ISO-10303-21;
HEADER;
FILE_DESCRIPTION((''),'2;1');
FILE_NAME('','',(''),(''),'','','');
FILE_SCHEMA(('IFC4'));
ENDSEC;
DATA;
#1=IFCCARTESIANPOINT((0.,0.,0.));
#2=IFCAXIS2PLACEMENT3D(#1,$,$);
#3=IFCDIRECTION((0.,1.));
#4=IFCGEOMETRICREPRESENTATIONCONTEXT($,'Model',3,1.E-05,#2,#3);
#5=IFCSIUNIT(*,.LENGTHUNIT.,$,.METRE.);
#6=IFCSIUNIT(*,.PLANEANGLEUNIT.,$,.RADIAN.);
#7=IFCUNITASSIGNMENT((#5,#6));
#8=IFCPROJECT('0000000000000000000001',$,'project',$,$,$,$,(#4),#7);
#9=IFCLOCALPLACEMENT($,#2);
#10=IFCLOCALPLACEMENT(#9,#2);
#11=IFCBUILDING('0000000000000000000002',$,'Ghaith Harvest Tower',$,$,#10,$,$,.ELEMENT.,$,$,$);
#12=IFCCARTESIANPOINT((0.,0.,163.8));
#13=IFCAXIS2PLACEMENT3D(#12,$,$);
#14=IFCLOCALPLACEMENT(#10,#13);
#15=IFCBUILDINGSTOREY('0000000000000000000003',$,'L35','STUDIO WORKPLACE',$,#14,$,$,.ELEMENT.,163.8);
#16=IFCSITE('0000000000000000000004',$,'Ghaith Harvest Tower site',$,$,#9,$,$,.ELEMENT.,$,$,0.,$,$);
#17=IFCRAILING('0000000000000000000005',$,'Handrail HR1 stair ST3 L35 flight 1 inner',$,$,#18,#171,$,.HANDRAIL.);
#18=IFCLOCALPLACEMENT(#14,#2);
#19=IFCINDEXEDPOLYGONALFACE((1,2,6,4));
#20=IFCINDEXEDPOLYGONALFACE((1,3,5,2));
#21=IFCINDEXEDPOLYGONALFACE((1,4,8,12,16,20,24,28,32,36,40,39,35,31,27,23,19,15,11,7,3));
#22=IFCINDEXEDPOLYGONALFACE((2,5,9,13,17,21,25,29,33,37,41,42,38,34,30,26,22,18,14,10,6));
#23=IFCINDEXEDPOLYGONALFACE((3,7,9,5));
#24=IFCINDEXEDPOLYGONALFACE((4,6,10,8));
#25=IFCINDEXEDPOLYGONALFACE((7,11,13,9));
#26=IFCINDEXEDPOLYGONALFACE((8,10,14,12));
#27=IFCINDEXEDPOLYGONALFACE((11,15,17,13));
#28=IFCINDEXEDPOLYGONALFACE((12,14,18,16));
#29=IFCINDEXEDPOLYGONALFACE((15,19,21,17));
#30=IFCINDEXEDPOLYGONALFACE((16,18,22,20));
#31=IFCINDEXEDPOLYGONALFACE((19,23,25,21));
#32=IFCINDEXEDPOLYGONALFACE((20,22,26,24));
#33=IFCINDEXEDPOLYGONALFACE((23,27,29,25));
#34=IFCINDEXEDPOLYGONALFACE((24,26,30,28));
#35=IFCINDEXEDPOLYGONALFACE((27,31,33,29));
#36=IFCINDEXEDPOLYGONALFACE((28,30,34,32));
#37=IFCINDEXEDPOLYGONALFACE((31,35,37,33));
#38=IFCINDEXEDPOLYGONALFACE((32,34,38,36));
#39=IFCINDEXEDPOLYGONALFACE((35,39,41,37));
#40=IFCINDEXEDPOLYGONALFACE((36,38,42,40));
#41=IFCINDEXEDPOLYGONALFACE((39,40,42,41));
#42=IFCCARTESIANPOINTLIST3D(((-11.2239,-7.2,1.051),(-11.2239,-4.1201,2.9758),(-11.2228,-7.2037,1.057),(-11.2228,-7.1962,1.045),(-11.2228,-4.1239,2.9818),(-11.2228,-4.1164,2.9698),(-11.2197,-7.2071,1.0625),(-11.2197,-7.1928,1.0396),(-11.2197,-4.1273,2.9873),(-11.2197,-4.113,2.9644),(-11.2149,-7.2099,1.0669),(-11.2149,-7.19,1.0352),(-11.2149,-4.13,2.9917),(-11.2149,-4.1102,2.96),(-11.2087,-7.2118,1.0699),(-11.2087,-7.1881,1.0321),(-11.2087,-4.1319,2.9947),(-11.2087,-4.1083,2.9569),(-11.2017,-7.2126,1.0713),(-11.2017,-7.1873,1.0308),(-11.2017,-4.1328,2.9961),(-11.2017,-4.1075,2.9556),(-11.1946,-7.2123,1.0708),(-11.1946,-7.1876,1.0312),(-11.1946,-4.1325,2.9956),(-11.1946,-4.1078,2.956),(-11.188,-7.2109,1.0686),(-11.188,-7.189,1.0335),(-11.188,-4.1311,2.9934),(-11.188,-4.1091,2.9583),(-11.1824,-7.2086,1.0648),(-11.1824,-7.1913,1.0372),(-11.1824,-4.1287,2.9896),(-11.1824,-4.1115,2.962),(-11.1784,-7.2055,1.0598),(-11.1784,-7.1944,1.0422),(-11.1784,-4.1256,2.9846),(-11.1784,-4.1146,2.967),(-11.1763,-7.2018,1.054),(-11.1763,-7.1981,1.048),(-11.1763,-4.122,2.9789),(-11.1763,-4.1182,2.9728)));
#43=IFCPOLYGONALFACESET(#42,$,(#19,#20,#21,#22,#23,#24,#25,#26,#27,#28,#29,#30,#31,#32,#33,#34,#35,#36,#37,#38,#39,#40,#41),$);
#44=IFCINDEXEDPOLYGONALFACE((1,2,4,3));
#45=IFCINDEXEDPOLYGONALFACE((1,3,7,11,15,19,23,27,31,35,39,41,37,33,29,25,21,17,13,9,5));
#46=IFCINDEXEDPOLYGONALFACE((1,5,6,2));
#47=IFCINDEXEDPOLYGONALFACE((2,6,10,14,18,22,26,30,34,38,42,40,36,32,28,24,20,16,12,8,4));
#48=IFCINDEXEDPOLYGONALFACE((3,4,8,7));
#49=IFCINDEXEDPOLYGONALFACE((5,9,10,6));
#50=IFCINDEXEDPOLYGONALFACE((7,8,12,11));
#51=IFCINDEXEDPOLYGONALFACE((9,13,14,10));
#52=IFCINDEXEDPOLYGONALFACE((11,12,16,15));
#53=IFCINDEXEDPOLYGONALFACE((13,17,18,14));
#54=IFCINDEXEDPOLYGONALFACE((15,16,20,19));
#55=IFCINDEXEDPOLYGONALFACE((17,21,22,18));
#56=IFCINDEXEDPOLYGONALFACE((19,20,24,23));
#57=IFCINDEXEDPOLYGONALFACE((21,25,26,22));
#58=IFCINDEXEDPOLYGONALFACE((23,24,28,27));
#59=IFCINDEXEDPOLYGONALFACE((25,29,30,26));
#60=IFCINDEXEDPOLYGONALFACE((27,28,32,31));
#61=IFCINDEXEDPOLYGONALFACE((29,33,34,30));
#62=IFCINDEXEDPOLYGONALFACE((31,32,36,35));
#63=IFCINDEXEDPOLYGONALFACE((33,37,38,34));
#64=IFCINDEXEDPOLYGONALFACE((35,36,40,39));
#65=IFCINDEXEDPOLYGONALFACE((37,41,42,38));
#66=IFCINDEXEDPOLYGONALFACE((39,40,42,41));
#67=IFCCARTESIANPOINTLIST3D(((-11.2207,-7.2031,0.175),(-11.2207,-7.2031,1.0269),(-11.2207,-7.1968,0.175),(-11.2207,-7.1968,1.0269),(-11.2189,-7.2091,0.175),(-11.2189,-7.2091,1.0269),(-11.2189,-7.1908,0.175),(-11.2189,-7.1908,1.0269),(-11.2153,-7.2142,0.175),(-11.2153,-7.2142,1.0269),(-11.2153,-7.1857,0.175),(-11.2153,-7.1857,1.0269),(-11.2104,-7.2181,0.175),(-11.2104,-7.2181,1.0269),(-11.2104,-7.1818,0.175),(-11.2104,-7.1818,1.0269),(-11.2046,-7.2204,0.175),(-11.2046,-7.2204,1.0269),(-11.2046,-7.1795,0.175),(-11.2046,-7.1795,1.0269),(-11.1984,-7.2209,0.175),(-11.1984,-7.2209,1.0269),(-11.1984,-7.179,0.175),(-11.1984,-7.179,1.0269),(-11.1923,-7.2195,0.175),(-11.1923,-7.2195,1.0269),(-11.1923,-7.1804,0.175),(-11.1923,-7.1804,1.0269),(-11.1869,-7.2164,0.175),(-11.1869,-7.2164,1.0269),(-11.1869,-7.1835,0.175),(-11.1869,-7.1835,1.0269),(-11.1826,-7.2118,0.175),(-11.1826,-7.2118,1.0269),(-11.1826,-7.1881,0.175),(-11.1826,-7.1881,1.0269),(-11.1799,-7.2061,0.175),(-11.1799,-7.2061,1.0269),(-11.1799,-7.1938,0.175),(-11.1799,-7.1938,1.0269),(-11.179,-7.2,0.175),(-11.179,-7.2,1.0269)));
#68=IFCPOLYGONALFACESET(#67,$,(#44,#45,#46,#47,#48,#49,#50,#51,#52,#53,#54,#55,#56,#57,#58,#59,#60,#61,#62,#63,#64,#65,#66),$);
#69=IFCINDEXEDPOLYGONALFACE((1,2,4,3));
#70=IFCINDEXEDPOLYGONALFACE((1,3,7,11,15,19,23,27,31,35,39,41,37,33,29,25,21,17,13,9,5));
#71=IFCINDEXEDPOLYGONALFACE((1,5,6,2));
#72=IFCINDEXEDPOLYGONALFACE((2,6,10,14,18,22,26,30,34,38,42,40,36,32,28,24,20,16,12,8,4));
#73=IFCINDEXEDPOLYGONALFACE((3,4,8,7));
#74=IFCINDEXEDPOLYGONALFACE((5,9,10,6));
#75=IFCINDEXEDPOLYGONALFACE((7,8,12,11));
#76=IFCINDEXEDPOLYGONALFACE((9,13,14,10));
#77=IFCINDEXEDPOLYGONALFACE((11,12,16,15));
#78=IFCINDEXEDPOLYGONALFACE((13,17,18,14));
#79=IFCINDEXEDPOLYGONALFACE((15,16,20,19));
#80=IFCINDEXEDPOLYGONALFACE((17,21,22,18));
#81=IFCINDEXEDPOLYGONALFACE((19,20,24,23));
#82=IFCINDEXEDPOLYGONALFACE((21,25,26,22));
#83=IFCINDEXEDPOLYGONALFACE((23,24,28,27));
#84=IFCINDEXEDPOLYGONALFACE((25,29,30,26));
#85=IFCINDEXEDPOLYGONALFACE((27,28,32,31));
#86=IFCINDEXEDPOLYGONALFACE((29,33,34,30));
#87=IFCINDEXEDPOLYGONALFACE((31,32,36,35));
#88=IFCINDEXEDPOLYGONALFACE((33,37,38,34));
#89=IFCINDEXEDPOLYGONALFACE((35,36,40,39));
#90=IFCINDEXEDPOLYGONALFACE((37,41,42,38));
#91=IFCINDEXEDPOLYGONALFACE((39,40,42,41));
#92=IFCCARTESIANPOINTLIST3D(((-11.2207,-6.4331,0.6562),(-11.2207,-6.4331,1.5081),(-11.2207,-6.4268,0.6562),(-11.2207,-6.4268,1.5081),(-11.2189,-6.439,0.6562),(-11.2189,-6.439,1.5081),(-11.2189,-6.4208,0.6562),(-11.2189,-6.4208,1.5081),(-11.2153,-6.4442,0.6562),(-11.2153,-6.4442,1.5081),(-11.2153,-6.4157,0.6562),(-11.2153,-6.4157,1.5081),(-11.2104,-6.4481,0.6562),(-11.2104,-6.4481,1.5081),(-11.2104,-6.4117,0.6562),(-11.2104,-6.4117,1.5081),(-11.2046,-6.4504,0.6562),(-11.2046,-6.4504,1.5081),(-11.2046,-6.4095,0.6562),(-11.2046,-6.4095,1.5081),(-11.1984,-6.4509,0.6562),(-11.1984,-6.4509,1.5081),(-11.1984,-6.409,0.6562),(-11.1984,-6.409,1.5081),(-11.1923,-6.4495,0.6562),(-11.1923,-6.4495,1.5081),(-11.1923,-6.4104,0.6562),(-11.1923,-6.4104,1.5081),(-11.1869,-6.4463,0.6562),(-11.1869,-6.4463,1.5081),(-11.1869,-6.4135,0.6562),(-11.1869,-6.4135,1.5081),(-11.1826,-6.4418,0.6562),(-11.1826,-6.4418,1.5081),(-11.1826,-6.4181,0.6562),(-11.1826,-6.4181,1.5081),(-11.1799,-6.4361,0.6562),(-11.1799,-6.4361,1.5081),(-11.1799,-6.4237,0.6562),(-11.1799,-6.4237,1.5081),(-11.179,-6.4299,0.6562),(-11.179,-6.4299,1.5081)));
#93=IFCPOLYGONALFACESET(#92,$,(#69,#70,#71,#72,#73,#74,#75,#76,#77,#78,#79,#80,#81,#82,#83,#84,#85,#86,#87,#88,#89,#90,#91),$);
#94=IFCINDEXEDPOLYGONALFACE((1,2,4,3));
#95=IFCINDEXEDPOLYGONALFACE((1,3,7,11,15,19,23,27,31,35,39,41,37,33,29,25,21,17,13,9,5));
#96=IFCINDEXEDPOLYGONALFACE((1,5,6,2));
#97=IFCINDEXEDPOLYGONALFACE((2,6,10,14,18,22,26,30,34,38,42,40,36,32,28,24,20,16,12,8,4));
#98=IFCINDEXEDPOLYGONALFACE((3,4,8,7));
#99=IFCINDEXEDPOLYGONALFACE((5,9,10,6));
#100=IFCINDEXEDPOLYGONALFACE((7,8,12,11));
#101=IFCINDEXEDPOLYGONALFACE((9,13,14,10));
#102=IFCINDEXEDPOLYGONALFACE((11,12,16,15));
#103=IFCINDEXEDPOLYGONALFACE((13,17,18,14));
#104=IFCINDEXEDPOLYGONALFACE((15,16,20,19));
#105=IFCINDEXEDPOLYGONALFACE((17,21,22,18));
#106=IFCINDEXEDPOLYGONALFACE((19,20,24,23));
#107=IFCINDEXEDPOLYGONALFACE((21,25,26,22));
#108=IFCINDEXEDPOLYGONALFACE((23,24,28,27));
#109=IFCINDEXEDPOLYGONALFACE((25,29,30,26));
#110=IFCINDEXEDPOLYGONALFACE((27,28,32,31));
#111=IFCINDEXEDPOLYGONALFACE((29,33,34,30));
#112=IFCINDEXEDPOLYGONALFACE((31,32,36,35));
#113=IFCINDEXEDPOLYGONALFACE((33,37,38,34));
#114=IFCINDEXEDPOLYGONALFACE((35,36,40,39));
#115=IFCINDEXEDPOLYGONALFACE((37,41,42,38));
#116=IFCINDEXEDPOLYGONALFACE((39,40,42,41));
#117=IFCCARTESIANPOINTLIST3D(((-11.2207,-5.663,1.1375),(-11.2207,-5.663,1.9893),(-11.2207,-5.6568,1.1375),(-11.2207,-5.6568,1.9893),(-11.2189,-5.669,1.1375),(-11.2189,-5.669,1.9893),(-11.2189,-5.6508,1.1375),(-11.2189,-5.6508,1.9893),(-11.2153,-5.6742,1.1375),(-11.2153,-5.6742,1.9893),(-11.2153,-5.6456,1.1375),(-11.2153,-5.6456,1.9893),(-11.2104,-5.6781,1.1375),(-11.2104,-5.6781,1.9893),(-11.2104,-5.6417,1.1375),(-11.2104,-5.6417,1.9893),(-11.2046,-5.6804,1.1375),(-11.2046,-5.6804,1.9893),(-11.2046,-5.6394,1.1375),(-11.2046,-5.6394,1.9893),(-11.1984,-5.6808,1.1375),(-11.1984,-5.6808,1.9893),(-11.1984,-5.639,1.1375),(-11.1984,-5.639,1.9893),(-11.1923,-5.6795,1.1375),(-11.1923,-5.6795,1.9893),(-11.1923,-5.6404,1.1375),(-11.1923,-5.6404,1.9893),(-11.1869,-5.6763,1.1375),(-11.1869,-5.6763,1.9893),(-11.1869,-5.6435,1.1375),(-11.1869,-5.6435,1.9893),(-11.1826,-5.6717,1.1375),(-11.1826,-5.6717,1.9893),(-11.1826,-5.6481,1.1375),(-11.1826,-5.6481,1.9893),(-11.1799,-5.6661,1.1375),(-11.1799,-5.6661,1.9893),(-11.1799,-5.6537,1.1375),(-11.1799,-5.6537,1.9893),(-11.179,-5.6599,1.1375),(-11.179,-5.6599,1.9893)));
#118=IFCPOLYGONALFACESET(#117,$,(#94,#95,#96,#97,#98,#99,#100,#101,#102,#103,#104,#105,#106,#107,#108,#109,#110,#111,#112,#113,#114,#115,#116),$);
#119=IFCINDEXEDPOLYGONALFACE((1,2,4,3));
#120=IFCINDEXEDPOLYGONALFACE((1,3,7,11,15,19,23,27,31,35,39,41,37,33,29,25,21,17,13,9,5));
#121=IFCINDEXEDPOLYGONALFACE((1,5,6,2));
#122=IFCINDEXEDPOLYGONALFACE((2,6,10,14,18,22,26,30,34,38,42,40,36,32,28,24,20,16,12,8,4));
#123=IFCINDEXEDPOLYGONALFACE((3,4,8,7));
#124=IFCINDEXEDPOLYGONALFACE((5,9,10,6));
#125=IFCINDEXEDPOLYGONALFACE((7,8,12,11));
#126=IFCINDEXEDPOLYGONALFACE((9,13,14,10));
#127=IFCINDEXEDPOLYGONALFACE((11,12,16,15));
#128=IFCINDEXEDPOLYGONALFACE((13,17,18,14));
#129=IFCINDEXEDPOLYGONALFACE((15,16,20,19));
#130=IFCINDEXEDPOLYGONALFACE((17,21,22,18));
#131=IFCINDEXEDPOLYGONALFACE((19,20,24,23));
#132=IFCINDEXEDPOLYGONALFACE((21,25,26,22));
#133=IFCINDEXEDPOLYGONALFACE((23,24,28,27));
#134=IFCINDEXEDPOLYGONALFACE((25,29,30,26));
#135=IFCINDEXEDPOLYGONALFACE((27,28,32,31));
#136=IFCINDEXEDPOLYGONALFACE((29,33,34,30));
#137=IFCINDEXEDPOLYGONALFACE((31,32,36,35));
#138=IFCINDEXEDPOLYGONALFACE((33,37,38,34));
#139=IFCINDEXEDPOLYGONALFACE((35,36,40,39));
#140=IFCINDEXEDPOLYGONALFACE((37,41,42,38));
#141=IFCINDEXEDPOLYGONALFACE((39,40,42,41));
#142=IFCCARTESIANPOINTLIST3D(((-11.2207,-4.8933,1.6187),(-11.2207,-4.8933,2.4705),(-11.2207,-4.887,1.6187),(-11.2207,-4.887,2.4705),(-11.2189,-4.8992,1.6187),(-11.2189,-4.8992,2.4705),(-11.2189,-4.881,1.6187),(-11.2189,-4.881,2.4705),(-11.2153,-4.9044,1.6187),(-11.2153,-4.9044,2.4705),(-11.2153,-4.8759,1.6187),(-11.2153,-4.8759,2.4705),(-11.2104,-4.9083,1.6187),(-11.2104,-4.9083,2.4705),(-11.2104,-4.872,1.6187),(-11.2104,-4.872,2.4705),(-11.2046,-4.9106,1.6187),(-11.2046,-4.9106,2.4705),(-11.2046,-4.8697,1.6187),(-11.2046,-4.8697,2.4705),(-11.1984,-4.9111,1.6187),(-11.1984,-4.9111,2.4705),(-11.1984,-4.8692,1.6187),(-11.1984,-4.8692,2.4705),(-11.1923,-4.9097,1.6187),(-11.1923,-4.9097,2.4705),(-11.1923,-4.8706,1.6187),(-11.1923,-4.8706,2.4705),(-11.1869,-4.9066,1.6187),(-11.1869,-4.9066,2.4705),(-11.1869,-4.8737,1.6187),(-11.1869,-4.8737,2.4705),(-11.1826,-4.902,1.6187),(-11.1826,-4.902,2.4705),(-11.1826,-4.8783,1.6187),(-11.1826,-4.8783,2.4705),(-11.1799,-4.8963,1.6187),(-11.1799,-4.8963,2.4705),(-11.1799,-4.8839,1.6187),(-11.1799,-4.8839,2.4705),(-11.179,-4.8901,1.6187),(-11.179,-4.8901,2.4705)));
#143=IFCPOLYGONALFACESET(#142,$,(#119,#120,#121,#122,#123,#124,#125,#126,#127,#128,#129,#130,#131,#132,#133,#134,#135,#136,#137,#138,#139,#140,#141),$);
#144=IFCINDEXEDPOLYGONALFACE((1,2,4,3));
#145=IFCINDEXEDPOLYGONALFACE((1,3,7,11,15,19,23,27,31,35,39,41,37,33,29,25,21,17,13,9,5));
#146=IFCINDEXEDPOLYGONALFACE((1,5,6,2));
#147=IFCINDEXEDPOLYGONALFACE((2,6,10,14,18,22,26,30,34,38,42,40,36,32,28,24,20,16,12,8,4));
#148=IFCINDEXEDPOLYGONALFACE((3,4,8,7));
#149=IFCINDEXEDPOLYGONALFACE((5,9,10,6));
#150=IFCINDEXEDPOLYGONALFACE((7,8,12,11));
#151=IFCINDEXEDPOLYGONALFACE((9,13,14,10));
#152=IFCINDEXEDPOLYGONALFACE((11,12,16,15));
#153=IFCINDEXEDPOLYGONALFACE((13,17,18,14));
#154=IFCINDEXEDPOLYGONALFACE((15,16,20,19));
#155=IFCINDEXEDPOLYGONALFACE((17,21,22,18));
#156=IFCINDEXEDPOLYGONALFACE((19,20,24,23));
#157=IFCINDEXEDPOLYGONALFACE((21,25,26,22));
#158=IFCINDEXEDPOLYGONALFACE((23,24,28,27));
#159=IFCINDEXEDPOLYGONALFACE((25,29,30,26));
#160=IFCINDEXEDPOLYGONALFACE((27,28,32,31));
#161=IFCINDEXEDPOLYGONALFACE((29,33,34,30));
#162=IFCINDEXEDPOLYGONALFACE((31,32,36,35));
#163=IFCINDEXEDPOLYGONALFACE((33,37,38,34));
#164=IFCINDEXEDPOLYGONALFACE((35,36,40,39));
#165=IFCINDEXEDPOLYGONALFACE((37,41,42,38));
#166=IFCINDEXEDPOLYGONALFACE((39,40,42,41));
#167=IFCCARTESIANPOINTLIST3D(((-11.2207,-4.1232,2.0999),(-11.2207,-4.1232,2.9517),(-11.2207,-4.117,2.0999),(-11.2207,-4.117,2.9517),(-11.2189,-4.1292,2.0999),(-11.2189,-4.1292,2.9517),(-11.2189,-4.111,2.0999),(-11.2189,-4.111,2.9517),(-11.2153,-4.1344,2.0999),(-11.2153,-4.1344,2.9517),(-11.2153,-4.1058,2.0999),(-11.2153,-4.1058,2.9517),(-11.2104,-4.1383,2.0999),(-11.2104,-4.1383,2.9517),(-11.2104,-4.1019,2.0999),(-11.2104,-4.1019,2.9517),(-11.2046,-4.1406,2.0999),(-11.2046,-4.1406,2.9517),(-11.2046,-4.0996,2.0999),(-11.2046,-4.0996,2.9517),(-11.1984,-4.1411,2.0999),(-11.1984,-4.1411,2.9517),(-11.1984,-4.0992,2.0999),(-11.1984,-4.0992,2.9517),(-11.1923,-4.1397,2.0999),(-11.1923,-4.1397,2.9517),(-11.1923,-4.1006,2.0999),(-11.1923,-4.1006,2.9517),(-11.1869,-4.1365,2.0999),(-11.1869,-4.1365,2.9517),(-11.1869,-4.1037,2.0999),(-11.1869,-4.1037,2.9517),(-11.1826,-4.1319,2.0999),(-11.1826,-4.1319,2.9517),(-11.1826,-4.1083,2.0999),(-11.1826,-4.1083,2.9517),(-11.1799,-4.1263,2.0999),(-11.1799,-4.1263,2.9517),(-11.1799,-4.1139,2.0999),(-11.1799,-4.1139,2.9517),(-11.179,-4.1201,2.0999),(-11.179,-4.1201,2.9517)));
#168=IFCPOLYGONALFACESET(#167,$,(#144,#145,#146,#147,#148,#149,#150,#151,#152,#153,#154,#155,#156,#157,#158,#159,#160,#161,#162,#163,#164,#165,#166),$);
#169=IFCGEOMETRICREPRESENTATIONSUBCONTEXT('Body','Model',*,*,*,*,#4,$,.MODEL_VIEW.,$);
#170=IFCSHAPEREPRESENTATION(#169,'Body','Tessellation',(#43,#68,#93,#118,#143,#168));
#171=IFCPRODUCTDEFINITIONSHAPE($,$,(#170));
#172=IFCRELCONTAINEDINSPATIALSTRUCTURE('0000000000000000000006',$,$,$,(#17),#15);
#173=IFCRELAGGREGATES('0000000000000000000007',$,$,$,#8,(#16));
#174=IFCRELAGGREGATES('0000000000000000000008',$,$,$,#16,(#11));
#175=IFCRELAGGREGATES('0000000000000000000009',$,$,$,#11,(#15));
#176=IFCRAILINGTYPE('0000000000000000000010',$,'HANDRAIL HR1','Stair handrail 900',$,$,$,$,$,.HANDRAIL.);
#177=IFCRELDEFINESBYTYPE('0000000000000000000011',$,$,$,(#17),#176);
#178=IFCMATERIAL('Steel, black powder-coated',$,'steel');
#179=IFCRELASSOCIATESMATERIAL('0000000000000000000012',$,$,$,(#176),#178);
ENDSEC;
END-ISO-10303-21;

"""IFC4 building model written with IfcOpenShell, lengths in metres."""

from ifc_helpers import new_model, si_unit, direction, frame, origin, origin_2d, place, context, subcontext, project, spatial, circle, extrude, material, type_object, element, save


model = new_model("IFC4")

# Units and contexts
model_context = context("Model", 3, precision=1e-05, world=origin(), true_north=direction((0.0, 1.0)))
body_context = subcontext(model_context, "Body", "Model", "MODEL_VIEW")
ifc_project = project(units=[si_unit("LENGTHUNIT", "METRE"), si_unit("PLANEANGLEUNIT", "RADIAN")], contexts=[model_context])

# Site, building, storey
site_placement = place(None, origin())
site = spatial("IfcSite", under=ifc_project, at=site_placement, Name="Ghaith Harvest Tower site", CompositionType="ELEMENT", RefElevation=0.0)
building_placement = place(site_placement, origin())
building = spatial("IfcBuilding", under=site, at=building_placement, Name="Ghaith Harvest Tower", CompositionType="ELEMENT")
storey_placement = place(building_placement, frame((0.0, 0.0, 163.8)))
storey = spatial("IfcBuildingStorey", under=building, at=storey_placement, Name="L35", Description="STUDIO WORKPLACE", CompositionType="ELEMENT", Elevation=163.8)

# Railing
ifc_material_1 = material(Name="Steel, black powder-coated", Category="steel")
railing_type = type_object("IfcRailingType", Name="HANDRAIL HR1", Description="Stair handrail 900", PredefinedType="HANDRAIL", material=ifc_material_1)
railing_1_placement = place(storey_placement, frame((-11.2, -7.2, 0.175)))
element("IfcRailing", 1, at=railing_1_placement, inside=storey, type_object=railing_type, Name="Handrail HR1 stair ST3 L35 flight 1 inner", PredefinedType="HANDRAIL", context=body_context, shape_type="SweptSolid", body=[
    extrude(circle(Radius=0.0239, at=origin_2d()), frame((0.0, 0.0, 0.876), z_axis=(0.0, 0.84801, 0.529981), x_axis=(-1.0, 0.0, 0.0)), (0.0, 0.0, 1.0), 3.6318),
    extrude(circle(Radius=0.021, at=origin_2d()), origin(), (0.0, 0.0, 1.0), 0.8518),
    extrude(circle(Radius=0.021, at=origin_2d()), frame((0.0, 0.77, 0.4812)), (0.0, 0.0, 1.0), 0.8518),
    extrude(circle(Radius=0.021, at=origin_2d()), frame((0.0, 1.54, 0.9624)), (0.0, 0.0, 1.0), 0.8518),
    extrude(circle(Radius=0.021, at=origin_2d()), frame((0.0, 2.3098, 1.4436)), (0.0, 0.0, 1.0), 0.8518),
    extrude(circle(Radius=0.021, at=origin_2d()), frame((0.0, 3.0798, 1.9248)), (0.0, 0.0, 1.0), 0.8518),
])

save(model, "model.ifc")
